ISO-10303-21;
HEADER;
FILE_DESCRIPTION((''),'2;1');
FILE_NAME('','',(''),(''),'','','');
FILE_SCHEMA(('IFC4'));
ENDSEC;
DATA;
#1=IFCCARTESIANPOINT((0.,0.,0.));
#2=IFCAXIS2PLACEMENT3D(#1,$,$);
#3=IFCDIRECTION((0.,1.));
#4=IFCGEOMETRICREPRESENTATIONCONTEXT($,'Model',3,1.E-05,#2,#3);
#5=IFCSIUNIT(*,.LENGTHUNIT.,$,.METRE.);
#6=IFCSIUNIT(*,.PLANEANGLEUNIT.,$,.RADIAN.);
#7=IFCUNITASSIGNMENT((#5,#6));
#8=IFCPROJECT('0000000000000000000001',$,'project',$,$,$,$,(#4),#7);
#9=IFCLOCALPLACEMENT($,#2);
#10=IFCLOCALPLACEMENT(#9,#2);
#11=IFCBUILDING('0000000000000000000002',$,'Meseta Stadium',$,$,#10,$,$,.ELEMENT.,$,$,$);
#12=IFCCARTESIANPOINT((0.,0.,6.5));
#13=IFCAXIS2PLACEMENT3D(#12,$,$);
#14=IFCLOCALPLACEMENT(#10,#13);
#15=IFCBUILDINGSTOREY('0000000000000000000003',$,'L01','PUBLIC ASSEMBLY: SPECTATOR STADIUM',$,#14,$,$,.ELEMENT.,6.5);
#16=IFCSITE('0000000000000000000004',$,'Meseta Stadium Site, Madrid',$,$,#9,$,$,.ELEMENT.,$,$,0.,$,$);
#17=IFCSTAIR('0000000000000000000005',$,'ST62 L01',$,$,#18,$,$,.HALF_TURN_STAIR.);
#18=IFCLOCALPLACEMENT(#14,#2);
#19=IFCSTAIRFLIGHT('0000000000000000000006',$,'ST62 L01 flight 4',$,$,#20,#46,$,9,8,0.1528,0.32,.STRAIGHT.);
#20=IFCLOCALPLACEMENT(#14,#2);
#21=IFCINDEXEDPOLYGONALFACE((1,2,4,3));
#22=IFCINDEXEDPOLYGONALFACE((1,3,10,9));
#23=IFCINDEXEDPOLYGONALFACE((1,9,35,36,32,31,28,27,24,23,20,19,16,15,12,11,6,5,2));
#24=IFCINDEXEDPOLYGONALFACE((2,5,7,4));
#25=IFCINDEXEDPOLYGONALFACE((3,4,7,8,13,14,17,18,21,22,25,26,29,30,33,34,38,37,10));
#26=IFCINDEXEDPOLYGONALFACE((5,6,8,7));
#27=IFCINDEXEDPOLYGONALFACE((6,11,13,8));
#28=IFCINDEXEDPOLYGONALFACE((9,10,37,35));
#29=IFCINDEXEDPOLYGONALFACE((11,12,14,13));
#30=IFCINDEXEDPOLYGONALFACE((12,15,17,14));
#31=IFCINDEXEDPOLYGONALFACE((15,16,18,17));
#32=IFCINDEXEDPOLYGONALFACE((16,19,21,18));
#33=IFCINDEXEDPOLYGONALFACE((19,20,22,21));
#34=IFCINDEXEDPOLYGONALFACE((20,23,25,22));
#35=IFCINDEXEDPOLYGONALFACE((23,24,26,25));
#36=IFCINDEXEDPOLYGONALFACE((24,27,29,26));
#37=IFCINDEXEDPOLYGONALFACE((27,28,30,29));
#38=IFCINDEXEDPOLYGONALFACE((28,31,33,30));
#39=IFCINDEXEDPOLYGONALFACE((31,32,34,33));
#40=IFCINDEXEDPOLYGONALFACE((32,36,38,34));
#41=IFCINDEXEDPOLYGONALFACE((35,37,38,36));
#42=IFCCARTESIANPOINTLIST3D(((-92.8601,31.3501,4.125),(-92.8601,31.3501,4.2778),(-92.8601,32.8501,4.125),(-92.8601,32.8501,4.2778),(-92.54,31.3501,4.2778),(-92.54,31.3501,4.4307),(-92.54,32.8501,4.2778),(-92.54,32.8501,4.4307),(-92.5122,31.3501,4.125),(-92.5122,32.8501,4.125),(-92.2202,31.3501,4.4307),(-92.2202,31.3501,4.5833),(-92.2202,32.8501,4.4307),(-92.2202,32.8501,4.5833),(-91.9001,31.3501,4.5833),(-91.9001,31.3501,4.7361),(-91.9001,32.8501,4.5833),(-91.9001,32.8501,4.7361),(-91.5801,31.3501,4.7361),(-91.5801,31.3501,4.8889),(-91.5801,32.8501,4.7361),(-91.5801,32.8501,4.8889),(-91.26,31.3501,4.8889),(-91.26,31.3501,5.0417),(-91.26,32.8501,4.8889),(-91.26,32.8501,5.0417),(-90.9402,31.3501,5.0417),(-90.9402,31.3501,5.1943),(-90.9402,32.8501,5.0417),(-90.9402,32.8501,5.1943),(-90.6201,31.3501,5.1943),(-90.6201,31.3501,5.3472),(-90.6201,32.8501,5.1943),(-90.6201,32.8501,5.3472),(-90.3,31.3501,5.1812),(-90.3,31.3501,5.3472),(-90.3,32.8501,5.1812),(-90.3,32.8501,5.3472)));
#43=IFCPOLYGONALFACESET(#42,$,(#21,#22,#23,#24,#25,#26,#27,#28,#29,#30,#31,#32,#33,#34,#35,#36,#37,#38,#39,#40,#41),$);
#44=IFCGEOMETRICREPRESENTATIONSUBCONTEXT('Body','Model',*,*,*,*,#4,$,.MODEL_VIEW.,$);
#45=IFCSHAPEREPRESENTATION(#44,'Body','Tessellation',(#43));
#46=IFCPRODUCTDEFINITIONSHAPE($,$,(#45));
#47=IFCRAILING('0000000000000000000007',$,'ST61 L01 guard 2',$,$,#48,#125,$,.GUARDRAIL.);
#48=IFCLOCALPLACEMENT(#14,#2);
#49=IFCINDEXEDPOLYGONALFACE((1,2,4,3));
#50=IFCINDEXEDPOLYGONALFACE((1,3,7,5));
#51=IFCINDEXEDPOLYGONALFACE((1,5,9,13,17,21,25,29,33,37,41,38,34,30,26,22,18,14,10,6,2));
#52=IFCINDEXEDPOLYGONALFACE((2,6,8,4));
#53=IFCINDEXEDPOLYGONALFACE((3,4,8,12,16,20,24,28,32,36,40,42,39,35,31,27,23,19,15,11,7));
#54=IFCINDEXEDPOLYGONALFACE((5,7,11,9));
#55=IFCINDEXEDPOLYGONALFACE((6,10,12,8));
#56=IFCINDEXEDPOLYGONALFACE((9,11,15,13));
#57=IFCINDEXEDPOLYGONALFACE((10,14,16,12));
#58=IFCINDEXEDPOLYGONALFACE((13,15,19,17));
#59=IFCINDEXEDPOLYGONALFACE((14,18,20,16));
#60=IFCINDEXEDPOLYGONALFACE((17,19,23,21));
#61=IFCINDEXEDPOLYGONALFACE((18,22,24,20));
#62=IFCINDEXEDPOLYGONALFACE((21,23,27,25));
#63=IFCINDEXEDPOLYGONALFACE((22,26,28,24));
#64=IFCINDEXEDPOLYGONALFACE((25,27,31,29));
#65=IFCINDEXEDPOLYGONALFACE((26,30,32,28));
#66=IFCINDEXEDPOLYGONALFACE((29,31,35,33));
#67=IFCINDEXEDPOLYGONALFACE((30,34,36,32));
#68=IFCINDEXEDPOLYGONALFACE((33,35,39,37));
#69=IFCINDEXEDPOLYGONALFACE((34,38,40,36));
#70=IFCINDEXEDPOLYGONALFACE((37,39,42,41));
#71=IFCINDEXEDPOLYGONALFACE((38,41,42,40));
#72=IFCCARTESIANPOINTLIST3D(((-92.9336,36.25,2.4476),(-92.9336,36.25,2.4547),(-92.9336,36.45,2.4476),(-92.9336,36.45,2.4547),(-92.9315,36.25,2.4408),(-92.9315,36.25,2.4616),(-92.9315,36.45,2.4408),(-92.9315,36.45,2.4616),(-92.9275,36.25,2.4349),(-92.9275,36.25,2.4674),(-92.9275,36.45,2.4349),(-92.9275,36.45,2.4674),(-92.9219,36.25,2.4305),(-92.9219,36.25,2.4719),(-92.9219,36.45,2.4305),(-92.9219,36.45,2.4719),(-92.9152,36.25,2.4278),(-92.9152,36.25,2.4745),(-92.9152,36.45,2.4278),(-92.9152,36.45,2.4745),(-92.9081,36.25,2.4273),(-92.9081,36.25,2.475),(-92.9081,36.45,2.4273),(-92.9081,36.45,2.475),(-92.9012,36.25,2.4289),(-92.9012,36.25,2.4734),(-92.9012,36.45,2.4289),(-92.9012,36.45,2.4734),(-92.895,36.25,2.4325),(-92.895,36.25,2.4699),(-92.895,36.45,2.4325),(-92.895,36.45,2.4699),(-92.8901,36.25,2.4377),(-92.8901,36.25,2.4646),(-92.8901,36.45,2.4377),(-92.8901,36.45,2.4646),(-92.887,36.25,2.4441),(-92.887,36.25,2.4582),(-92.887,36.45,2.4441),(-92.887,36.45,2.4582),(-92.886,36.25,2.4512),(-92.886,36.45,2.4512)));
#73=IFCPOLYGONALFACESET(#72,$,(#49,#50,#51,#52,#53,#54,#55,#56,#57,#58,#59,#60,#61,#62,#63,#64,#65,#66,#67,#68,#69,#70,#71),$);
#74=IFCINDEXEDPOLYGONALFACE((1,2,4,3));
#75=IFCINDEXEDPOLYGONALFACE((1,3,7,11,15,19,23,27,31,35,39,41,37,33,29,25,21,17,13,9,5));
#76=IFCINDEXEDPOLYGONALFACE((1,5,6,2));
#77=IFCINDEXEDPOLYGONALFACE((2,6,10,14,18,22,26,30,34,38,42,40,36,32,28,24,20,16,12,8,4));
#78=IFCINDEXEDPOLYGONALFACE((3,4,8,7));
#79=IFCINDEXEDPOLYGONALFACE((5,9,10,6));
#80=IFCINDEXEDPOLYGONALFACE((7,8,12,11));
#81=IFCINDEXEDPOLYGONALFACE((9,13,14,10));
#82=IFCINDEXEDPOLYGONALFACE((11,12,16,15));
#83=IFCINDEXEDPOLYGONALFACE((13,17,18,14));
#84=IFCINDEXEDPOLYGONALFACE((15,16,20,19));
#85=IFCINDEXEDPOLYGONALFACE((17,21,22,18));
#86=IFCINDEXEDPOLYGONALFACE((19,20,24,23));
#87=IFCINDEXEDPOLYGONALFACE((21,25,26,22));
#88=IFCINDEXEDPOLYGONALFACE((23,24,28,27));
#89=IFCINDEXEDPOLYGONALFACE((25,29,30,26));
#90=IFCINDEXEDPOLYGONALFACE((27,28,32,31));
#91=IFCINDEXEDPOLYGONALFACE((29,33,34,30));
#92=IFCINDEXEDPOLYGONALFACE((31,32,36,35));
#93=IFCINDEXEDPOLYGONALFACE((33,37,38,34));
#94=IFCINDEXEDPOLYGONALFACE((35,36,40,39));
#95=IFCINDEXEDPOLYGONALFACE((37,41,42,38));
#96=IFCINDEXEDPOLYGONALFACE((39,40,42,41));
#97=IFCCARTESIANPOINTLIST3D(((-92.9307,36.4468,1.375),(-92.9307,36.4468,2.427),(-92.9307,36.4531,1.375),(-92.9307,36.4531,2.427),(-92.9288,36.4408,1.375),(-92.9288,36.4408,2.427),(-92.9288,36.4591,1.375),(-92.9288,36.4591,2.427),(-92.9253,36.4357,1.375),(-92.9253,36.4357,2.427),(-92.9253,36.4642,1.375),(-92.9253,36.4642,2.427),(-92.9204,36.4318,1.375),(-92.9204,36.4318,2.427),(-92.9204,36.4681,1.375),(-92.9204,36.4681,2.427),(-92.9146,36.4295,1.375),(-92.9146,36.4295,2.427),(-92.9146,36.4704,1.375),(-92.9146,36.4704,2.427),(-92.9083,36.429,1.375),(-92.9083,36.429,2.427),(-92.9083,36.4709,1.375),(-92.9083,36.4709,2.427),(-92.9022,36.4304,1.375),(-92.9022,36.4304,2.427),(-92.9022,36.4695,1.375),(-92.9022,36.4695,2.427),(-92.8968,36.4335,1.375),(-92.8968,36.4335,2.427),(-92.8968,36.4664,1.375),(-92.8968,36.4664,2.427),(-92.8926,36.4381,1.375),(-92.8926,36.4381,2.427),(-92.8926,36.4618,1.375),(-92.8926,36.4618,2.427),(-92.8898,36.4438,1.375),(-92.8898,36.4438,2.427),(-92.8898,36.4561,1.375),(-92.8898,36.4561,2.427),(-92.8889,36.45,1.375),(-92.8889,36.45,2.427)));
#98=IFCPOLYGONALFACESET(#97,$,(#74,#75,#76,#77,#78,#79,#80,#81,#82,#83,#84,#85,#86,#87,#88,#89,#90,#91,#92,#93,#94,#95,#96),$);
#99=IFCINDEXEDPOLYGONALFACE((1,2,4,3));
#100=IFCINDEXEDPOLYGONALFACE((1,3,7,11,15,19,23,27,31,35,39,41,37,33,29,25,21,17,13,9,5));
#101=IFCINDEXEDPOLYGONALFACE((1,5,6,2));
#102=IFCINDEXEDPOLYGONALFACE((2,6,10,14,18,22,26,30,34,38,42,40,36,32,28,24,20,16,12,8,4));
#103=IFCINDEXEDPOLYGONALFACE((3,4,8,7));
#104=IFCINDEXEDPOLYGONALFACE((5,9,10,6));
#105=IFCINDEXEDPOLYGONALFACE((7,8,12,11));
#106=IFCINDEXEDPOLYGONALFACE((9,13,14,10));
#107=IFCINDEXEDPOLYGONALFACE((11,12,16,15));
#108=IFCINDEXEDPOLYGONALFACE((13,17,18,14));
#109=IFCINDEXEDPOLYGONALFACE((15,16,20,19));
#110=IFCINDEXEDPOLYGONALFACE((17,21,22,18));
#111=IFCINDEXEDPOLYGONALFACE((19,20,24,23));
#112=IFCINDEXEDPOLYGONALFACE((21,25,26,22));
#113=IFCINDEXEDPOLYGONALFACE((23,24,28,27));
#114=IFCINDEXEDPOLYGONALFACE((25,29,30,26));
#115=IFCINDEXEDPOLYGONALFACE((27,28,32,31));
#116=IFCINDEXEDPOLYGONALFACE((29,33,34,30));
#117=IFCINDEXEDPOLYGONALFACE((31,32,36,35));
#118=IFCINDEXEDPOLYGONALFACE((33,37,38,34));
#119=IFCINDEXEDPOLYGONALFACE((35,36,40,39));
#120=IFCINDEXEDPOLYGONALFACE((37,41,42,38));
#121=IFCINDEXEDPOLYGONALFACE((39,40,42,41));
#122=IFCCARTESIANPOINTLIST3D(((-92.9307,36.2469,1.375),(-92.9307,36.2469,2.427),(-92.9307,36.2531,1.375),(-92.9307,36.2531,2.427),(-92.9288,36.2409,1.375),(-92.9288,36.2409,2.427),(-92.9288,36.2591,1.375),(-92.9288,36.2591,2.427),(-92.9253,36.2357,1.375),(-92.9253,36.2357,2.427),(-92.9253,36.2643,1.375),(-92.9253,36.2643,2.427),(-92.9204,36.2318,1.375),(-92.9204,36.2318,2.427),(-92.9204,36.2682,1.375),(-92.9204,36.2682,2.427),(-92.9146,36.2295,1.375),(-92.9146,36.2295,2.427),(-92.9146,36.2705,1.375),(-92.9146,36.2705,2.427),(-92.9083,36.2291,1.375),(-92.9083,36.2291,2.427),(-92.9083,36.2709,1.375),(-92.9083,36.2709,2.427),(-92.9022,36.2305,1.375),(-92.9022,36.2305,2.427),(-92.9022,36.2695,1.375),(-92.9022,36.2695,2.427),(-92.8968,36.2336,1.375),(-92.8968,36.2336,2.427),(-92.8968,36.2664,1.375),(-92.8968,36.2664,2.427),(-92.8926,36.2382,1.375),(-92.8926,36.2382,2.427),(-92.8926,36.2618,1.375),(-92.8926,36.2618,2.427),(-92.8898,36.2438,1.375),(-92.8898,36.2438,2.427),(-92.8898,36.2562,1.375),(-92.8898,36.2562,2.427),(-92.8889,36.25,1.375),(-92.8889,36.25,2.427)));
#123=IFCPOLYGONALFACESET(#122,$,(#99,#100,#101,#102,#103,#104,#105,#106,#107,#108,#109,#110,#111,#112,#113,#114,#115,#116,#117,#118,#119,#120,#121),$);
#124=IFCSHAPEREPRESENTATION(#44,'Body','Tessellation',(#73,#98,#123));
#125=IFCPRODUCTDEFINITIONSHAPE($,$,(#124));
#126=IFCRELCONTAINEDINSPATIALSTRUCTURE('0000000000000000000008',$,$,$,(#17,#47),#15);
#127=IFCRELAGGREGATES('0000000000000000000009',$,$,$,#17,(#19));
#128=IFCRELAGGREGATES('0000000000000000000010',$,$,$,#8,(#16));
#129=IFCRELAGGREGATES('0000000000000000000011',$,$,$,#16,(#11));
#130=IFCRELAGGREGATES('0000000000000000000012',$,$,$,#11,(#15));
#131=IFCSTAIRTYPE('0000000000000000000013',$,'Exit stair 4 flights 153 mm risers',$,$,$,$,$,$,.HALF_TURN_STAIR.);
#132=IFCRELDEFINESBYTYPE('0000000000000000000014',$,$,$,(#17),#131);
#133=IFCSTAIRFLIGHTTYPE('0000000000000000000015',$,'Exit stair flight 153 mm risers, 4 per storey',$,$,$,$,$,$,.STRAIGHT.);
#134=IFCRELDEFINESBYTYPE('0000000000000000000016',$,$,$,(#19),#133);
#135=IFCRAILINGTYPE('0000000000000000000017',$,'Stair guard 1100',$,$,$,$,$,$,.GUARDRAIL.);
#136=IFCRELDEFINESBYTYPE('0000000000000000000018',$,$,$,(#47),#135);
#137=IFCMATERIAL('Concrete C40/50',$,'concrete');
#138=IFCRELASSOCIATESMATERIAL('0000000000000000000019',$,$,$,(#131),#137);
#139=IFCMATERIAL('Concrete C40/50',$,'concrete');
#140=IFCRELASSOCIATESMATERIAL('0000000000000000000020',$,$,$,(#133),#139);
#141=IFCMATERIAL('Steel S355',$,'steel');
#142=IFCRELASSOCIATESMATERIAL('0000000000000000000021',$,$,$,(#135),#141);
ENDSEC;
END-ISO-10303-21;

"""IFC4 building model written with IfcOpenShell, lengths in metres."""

from ifc_helpers import new_model, si_unit, direction, frame, origin, origin_2d, place, context, subcontext, project, spatial, polyline, circle, outline, extrude, material, type_object, element, aggregate, save


model = new_model("IFC4")

# Units and contexts
model_context = context("Model", 3, precision=1e-05, world=origin(), true_north=direction((0.0, 1.0)))
body_context = subcontext(model_context, "Body", "Model", "MODEL_VIEW")
ifc_project = project(units=[si_unit("LENGTHUNIT", "METRE"), si_unit("PLANEANGLEUNIT", "RADIAN")], contexts=[model_context])

# Site, building, storey
site_placement = place(None, origin())
site = spatial("IfcSite", under=ifc_project, at=site_placement, Name="Meseta Stadium Site, Madrid", CompositionType="ELEMENT", RefElevation=0.0)
building_placement = place(site_placement, origin())
building = spatial("IfcBuilding", under=site, at=building_placement, Name="Meseta Stadium", CompositionType="ELEMENT")
storey_placement = place(building_placement, frame((0.0, 0.0, 6.5)))
storey = spatial("IfcBuildingStorey", under=building, at=storey_placement, Name="L01", Description="PUBLIC ASSEMBLY: SPECTATOR STADIUM", CompositionType="ELEMENT", Elevation=6.5)

# Stair, stair flight
ifc_material_1 = material(Name="Concrete C40/50", Category="concrete")
stair_type = type_object("IfcStairType", Name="Exit stair 4 flights 153 mm risers", PredefinedType="HALF_TURN_STAIR", material=ifc_material_1)
ifc_material_2 = material(Name="Concrete C40/50", Category="concrete")
stair_flight_type = type_object("IfcStairFlightType", Name="Exit stair flight 153 mm risers, 4 per storey", PredefinedType="STRAIGHT", material=ifc_material_2)
stair_1_placement = place(storey_placement, origin())
stair_1 = element("IfcStair", 1, at=stair_1_placement, inside=storey, type_object=stair_type, Name="ST62 L01", PredefinedType="HALF_TURN_STAIR")
stair_flight_1_placement = place(storey_placement, frame((-92.8601, 32.1001, 4.125), z_axis=(0.0, 0.0, 1.0), x_axis=(1.0, 0.0, 0.0)))
stair_flight_1 = element("IfcStairFlight", 2, at=stair_flight_1_placement, type_object=stair_flight_type, Name="ST62 L01 flight 4", NumberOfRisers=9, NumberOfTreads=8, PredefinedType="STRAIGHT", RiserHeight=0.1528, TreadLength=0.32, context=body_context, shape_type="SweptSolid", body=[
    extrude(outline(polyline([(0.0, 0.0), (0.0, 0.1528), (0.3201, 0.1528), (0.3201, 0.3057), (0.6399, 0.3057), (0.6399, 0.4583), (0.96, 0.4583), (0.96, 0.6111), (1.28, 0.6111), (1.28, 0.7639), (1.6001, 0.7639), (1.6001, 0.9167), (1.9199, 0.9167), (1.9199, 1.0693), (2.24, 1.0693), (2.24, 1.2222), (2.5601, 1.2222), (2.5601, 1.0562), (0.3479, 0.0), (0.0, 0.0)])), frame((0.0, 0.75, 0.0), z_axis=(0.0, -1.0, 0.0), x_axis=(1.0, 0.0, 0.0)), (0.0, 0.0, 1.0), 1.5),
])
aggregate(stair_1, [stair_flight_1])

# Railing
ifc_material_3 = material(Name="Steel S355", Category="steel")
railing_type_1 = type_object("IfcRailingType", Name="Stair guard 1100", PredefinedType="GUARDRAIL", material=ifc_material_3)
railing_1_placement = place(storey_placement, frame((-92.9099, 36.45, 1.375)))
element("IfcRailing", 3, at=railing_1_placement, inside=storey, type_object=railing_type_1, Name="ST61 L01 guard 2", PredefinedType="GUARDRAIL", context=body_context, shape_type="SweptSolid", body=[
    extrude(circle(Radius=0.0239, at=origin_2d()), frame((0.0, 0.0, 1.0762), z_axis=(0.0, -1.0, 0.0), x_axis=(1.0, 0.0, 0.0)), (0.0, 0.0, 1.0), 0.2),
    extrude(circle(Radius=0.021, at=origin_2d()), origin(), (0.0, 0.0, 1.0), 1.052),
    extrude(circle(Radius=0.021, at=origin_2d()), frame((0.0, -0.2, 0.0)), (0.0, 0.0, 1.0), 1.052),
])

save(model, "model.ifc")
